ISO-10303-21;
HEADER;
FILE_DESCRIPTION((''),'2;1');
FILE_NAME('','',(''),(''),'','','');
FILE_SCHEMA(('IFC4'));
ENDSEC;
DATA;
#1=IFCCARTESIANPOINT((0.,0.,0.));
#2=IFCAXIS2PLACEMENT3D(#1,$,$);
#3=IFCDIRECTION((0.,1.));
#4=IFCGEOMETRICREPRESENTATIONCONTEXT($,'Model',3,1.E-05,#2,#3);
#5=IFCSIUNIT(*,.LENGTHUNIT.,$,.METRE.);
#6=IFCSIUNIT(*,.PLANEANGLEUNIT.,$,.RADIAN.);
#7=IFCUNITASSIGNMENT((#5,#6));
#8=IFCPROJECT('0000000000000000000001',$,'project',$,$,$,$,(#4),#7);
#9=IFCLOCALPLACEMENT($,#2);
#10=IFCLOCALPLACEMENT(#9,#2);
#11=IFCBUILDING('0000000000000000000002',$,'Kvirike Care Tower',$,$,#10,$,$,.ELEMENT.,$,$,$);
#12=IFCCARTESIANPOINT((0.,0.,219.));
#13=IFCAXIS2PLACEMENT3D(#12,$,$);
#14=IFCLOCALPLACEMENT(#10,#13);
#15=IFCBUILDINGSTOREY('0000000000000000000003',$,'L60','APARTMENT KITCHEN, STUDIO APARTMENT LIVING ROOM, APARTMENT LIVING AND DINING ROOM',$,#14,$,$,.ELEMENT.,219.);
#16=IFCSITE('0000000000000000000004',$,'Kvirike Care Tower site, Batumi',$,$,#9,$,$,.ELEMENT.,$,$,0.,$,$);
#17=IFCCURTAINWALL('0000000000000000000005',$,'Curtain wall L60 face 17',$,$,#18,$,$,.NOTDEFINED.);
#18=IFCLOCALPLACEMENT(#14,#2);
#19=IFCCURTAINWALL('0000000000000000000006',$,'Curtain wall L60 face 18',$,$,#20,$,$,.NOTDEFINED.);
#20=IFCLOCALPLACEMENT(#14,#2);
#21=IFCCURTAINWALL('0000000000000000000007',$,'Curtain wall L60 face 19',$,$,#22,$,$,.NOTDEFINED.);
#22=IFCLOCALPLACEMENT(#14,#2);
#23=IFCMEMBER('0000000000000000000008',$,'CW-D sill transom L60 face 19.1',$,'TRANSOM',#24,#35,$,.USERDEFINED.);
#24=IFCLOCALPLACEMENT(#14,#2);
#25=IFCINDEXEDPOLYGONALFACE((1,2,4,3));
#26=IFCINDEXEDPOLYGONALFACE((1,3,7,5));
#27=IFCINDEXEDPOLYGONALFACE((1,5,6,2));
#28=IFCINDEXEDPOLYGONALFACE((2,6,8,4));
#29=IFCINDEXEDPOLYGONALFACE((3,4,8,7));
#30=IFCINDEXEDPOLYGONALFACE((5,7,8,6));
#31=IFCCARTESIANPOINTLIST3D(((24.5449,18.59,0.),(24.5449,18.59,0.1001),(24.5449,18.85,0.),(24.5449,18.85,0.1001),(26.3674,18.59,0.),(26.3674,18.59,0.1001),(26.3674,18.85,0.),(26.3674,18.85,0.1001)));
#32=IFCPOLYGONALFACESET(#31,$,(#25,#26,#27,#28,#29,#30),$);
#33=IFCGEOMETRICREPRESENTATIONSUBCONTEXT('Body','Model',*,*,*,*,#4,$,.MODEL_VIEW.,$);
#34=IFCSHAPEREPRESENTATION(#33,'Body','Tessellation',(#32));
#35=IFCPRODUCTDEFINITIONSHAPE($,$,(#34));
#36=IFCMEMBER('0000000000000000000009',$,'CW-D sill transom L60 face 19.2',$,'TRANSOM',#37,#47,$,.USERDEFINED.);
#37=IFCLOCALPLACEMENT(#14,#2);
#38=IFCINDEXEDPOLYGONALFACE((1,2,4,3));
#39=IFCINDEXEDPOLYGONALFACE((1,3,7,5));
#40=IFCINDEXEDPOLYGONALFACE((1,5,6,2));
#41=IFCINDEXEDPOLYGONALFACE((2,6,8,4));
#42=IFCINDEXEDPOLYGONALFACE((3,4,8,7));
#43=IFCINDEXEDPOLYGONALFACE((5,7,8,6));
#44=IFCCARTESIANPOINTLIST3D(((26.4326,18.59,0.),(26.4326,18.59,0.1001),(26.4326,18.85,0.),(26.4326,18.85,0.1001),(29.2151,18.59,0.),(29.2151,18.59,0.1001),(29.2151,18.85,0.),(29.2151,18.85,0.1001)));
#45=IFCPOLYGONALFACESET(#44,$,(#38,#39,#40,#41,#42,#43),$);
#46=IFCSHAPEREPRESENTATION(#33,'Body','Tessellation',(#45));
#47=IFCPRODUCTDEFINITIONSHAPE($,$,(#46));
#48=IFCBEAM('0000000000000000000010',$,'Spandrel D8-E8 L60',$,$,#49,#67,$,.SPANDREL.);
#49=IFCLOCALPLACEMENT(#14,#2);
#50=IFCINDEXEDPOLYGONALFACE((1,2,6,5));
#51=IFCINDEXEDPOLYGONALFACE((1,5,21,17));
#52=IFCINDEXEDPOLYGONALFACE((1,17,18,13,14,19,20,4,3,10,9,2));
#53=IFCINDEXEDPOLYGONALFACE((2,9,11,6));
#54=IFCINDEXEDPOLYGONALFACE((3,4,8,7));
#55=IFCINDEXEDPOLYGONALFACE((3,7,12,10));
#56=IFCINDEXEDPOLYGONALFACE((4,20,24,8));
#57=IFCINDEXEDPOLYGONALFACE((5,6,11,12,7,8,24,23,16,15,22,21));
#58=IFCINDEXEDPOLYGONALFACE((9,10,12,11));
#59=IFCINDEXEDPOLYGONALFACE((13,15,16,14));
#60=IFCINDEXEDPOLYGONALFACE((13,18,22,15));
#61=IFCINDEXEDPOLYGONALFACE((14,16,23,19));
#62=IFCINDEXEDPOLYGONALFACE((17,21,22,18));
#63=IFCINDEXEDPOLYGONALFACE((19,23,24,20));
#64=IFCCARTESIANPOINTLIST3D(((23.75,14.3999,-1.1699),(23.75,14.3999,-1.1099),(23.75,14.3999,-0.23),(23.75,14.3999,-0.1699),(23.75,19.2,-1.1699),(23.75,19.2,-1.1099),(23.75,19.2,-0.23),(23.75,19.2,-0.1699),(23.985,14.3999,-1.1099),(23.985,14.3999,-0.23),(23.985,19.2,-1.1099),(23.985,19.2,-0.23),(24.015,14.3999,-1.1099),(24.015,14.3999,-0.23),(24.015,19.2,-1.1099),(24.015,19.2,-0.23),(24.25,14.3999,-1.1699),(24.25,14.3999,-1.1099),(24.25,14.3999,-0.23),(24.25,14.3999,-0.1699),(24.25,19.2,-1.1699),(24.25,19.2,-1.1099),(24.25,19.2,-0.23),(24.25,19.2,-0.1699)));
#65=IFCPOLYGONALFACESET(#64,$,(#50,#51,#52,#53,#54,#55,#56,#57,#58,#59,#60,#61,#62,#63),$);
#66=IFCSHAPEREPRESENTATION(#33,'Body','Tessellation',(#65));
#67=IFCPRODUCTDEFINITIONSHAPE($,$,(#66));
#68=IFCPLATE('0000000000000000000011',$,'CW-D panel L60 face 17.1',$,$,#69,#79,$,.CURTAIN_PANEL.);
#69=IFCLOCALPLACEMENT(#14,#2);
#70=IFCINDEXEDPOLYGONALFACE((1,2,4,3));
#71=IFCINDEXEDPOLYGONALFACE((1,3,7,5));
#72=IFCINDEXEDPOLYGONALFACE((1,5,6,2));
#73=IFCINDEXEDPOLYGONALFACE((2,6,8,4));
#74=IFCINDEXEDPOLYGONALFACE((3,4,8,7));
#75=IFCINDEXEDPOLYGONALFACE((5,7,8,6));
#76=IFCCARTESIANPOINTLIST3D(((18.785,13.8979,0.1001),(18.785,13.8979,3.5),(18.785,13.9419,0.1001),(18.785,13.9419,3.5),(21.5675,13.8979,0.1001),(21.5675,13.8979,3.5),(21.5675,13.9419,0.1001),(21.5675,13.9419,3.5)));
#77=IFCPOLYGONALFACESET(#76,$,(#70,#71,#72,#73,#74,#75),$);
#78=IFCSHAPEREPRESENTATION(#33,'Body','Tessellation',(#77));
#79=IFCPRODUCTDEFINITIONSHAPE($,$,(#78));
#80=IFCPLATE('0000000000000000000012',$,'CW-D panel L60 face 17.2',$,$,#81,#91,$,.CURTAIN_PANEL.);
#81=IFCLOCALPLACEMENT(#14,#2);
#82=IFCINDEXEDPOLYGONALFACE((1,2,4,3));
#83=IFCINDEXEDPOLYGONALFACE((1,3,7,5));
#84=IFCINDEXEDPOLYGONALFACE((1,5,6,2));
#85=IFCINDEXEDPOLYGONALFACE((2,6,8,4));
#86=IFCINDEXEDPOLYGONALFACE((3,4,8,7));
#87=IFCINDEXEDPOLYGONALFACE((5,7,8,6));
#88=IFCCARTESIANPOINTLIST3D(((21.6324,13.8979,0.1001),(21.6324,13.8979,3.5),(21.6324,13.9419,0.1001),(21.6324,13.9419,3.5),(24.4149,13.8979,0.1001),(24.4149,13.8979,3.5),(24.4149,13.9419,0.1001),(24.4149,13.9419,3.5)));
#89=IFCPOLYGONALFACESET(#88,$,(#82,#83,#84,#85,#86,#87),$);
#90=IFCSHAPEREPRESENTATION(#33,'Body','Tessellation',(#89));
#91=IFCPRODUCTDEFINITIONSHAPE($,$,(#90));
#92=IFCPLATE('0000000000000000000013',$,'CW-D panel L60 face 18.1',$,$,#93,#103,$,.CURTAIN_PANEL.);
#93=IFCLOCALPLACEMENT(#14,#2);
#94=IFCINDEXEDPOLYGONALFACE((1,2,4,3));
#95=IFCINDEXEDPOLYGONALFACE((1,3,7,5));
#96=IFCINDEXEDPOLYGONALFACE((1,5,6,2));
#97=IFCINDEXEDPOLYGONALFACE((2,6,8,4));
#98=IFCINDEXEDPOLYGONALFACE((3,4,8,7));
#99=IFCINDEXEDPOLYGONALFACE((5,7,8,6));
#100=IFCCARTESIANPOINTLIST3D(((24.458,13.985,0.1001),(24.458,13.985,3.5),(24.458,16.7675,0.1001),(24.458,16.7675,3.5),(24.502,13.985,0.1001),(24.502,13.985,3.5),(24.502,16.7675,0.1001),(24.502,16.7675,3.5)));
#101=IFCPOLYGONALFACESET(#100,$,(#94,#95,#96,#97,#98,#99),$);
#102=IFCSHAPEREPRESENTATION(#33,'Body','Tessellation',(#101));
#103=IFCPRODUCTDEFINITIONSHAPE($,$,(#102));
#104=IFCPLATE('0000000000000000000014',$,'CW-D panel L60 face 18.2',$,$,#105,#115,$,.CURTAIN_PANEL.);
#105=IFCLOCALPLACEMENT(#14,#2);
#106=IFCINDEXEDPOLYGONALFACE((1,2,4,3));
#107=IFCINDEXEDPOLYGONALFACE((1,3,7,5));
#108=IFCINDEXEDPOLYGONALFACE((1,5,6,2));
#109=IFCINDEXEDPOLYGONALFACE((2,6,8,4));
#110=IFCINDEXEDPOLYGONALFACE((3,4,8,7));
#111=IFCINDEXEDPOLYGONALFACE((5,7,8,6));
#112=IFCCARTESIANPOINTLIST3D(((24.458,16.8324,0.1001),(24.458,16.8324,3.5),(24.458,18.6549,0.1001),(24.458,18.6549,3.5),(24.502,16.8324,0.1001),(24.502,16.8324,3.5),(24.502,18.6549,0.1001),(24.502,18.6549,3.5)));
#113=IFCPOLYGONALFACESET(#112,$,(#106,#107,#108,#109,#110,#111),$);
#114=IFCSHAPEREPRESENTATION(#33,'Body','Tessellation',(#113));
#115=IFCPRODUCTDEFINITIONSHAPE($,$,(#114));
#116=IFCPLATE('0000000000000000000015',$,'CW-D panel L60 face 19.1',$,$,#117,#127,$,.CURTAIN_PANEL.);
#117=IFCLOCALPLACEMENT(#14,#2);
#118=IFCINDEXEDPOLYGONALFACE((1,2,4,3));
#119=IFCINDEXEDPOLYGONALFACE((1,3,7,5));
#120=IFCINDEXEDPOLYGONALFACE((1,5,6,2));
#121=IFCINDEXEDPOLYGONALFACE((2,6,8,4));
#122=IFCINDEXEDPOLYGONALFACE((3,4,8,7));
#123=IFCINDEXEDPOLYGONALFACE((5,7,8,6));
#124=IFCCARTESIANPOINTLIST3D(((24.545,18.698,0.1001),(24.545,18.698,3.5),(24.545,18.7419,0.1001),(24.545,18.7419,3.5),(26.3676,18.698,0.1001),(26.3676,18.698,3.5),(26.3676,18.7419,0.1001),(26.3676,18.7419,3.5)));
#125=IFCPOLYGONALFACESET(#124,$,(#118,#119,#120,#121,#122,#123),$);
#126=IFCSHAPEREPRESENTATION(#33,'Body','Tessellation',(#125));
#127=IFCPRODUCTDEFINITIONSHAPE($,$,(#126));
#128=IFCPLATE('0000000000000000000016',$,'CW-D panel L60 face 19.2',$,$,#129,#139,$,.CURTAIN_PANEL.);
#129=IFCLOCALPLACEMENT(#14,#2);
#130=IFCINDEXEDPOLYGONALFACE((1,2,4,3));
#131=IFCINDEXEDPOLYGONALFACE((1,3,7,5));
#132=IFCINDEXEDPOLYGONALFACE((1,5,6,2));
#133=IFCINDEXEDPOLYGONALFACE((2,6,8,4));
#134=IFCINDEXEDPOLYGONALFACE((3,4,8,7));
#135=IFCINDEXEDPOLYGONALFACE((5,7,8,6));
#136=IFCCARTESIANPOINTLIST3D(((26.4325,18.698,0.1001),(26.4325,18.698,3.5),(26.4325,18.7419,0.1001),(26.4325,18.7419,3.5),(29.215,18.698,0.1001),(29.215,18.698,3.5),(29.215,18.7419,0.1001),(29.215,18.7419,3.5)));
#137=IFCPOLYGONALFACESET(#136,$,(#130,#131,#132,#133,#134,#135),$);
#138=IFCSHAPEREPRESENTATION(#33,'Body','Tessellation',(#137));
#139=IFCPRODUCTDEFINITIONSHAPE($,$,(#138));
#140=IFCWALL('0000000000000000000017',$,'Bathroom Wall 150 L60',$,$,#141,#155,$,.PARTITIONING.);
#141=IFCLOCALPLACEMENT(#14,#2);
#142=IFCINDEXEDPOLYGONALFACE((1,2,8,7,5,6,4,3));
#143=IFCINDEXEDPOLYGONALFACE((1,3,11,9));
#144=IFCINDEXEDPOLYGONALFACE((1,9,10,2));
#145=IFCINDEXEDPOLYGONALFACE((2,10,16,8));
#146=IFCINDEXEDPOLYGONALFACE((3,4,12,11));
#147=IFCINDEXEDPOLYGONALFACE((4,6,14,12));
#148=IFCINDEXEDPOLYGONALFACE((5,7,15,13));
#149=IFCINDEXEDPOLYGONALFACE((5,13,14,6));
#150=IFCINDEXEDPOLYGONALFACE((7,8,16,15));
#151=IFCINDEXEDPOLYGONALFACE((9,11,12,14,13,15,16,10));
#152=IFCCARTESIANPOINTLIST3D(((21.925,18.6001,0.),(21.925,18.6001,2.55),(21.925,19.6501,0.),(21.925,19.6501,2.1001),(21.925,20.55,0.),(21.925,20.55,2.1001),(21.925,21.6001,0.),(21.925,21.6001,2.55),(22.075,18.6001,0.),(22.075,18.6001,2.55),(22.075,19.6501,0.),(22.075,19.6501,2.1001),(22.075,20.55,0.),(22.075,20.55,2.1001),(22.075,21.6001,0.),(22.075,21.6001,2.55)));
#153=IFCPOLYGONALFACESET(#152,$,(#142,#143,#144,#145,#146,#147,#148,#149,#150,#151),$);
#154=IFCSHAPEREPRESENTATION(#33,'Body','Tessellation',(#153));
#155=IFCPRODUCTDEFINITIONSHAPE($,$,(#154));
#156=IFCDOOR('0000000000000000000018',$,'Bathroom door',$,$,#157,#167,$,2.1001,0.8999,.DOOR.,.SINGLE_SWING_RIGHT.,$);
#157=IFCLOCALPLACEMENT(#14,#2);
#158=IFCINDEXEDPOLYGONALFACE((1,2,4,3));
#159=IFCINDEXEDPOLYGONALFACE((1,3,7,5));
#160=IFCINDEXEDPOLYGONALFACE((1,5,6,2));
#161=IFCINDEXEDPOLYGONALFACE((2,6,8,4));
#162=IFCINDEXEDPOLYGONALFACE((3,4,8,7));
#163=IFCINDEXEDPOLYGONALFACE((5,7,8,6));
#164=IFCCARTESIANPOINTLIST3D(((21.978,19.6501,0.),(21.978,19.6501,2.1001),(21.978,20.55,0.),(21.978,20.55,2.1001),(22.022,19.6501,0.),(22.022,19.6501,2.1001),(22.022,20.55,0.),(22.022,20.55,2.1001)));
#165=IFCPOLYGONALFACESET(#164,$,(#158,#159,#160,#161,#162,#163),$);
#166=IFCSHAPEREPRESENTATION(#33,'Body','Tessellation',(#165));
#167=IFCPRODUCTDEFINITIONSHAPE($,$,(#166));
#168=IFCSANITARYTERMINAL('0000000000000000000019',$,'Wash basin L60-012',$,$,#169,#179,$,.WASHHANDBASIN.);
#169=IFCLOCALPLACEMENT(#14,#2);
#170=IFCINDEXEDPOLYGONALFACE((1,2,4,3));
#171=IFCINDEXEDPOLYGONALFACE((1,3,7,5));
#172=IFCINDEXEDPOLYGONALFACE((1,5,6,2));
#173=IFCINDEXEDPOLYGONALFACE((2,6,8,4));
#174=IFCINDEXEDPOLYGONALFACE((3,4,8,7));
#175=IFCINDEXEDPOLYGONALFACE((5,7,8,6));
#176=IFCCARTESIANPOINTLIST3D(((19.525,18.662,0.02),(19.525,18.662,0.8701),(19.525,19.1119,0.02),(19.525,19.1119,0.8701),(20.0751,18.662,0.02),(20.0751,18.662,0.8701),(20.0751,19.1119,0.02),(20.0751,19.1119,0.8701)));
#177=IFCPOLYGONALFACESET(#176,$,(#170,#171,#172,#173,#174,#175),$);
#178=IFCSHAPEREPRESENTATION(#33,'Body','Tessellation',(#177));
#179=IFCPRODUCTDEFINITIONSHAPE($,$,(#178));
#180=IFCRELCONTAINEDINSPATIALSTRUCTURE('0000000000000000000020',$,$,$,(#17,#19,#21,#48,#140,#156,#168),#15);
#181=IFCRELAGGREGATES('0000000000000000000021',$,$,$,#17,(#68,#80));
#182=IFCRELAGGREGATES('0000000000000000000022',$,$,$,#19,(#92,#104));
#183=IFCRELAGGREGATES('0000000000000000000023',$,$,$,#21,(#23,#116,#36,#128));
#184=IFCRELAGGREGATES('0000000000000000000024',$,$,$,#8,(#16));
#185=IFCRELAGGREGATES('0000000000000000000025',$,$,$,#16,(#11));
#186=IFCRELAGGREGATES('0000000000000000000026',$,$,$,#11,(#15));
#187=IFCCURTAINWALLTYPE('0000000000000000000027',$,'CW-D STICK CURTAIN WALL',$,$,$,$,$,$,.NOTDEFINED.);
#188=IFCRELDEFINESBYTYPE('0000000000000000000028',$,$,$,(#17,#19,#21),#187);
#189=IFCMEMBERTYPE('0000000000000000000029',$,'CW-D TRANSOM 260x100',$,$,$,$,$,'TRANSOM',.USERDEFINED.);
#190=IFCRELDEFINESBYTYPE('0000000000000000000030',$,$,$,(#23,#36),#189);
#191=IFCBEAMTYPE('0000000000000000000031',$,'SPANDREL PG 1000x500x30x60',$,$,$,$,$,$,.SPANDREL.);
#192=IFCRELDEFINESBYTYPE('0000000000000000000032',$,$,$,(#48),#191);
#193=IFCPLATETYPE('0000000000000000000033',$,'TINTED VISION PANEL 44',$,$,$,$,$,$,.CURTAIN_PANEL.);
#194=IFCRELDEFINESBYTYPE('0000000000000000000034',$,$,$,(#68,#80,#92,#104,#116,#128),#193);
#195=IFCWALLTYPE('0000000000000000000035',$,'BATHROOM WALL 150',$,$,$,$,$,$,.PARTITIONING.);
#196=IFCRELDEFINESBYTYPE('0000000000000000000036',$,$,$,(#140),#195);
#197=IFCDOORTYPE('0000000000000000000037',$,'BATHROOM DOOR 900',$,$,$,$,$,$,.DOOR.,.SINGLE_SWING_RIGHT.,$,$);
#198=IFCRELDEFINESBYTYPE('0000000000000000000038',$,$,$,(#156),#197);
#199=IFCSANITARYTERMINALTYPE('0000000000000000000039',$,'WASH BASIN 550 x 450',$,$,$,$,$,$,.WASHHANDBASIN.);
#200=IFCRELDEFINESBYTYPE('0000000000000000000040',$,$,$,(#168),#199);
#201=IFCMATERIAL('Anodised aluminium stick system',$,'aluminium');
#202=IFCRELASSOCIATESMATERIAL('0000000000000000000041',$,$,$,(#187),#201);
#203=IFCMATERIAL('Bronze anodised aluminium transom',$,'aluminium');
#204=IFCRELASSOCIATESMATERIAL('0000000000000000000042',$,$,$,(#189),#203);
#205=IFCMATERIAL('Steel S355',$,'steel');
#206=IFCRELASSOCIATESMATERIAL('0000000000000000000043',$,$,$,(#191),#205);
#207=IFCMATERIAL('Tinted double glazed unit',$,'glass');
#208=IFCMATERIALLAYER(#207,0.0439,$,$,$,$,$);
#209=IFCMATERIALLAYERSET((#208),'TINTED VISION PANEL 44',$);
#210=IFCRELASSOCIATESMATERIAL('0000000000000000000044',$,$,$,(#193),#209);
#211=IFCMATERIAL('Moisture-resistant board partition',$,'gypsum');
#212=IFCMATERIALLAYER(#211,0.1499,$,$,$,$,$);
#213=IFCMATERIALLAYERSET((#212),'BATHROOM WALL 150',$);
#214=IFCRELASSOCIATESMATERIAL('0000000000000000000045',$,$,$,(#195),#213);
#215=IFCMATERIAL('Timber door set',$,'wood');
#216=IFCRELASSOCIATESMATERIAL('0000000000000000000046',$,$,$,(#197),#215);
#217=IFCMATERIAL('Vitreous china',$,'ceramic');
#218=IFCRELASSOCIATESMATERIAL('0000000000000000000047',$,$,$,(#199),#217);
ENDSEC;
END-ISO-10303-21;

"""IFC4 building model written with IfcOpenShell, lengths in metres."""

from ifc_helpers import new_model, si_unit, direction, frame, frame_2d, origin, origin_2d, place, context, subcontext, project, spatial, rectangle, i_section, extrude, material, layer, layer_set, material_profile, profile_set, type_object, element, fill, aggregate, save


model = new_model("IFC4")

# Units and contexts
model_context = context("Model", 3, precision=1e-05, world=origin(), true_north=direction((0.0, 1.0)))
body_context = subcontext(model_context, "Body", "Model", "MODEL_VIEW")
ifc_project = project(units=[si_unit("LENGTHUNIT", "METRE"), si_unit("PLANEANGLEUNIT", "RADIAN")], contexts=[model_context])

# Site, building, storey
site_placement = place(None, origin())
site = spatial("IfcSite", under=ifc_project, at=site_placement, Name="Kvirike Care Tower site, Batumi", CompositionType="ELEMENT", RefElevation=0.0)
building_placement = place(site_placement, origin())
building = spatial("IfcBuilding", under=site, at=building_placement, Name="Kvirike Care Tower", CompositionType="ELEMENT")
storey_placement = place(building_placement, frame((0.0, 0.0, 219.0)))
storey = spatial("IfcBuildingStorey", under=building, at=storey_placement, Name="L60", Description="APARTMENT KITCHEN, STUDIO APARTMENT LIVING ROOM, APARTMENT LIVING AND DINING ROOM", CompositionType="ELEMENT", Elevation=219.0)

# Curtain walls
ifc_material_1 = material(Name="Anodised aluminium stick system", Category="aluminium")
curtain_wall_type = type_object("IfcCurtainWallType", Name="CW-D STICK CURTAIN WALL", PredefinedType="NOTDEFINED", material=ifc_material_1)
curtain_wall_1_placement = place(storey_placement, origin())
curtain_wall_1 = element("IfcCurtainWall", 1, at=curtain_wall_1_placement, inside=storey, type_object=curtain_wall_type, Name="Curtain wall L60 face 17", PredefinedType="NOTDEFINED")
curtain_wall_2_placement = place(storey_placement, origin())
curtain_wall_2 = element("IfcCurtainWall", 2, at=curtain_wall_2_placement, inside=storey, type_object=curtain_wall_type, Name="Curtain wall L60 face 18", PredefinedType="NOTDEFINED")
curtain_wall_3_placement = place(storey_placement, origin())
curtain_wall_3 = element("IfcCurtainWall", 3, at=curtain_wall_3_placement, inside=storey, type_object=curtain_wall_type, Name="Curtain wall L60 face 19", PredefinedType="NOTDEFINED")

# Members
ifc_material_2 = material(Name="Bronze anodised aluminium transom", Category="aluminium")
ifc_material_profile_1 = material_profile(ifc_material_2, rectangle(XDim=0.26, YDim=0.1001, at=origin_2d()), Name="CW-D TRANSOM 260x100")
ifc_profile_set_1 = profile_set([ifc_material_profile_1], Name="Bronze anodised aluminium transom")
member_type_1 = type_object("IfcMemberType", Name="CW-D TRANSOM 260x100", ElementType="TRANSOM", PredefinedType="USERDEFINED", material=ifc_profile_set_1)
member_1_placement = place(storey_placement, frame((24.5449, 18.72, 0.05), z_axis=(1.0, 0.0, 0.0), x_axis=(0.0, 1.0, 0.0)))
member_1 = element("IfcMember", 4, at=member_1_placement, type_object=member_type_1, Name="CW-D sill transom L60 face 19.1", ObjectType="TRANSOM", PredefinedType="USERDEFINED", context=body_context, shape_type="SweptSolid", body=[
    extrude(rectangle(XDim=0.26, YDim=0.1001, at=origin_2d()), origin(), (0.0, 0.0, 1.0), 1.8225),
])
member_2_placement = place(storey_placement, frame((26.4326, 18.72, 0.05), z_axis=(1.0, 0.0, 0.0), x_axis=(0.0, 1.0, 0.0)))
member_2 = element("IfcMember", 5, at=member_2_placement, type_object=member_type_1, Name="CW-D sill transom L60 face 19.2", ObjectType="TRANSOM", PredefinedType="USERDEFINED", context=body_context, shape_type="SweptSolid", body=[
    extrude(rectangle(XDim=0.26, YDim=0.1001, at=origin_2d()), origin(), (0.0, 0.0, 1.0), 2.7825),
])

# Beam
ifc_material_3 = material(Name="Steel S355", Category="steel")
ifc_material_profile_2 = material_profile(ifc_material_3, i_section(OverallWidth=0.5, OverallDepth=1.0, WebThickness=0.03, FlangeThickness=0.0601, at=origin_2d()), Name="PG 1000x500x30x60")
ifc_profile_set_2 = profile_set([ifc_material_profile_2], Name="Steel S355")
beam_type = type_object("IfcBeamType", Name="SPANDREL PG 1000x500x30x60", PredefinedType="SPANDREL", material=ifc_profile_set_2)
beam_placement = place(storey_placement, frame((24.0, 14.3999, -0.6699), z_axis=(0.0, 1.0, 0.0), x_axis=(-1.0, 0.0, 0.0)))
element("IfcBeam", 6, at=beam_placement, inside=storey, type_object=beam_type, Name="Spandrel D8-E8 L60", PredefinedType="SPANDREL", context=body_context, shape_type="SweptSolid", body=[
    extrude(i_section(OverallWidth=0.5, OverallDepth=1.0, WebThickness=0.03, FlangeThickness=0.0601, at=origin_2d()), origin(), (0.0, 0.0, 1.0), 4.8),
])

# Plates
ifc_material_4 = material(Name="Tinted double glazed unit", Category="glass")
ifc_layer_1 = layer(ifc_material_4, 0.0439)
ifc_layer_set_1 = layer_set([ifc_layer_1], Name="TINTED VISION PANEL 44")
plate_type = type_object("IfcPlateType", Name="TINTED VISION PANEL 44", PredefinedType="CURTAIN_PANEL", material=ifc_layer_set_1)
plate_1_placement = place(storey_placement, frame((20.1763, 13.9199, 0.1001), z_axis=(0.0, 0.0, 1.0), x_axis=(1.0, 0.0, 0.0)))
plate_1 = element("IfcPlate", 7, at=plate_1_placement, type_object=plate_type, Name="CW-D panel L60 face 17.1", PredefinedType="CURTAIN_PANEL", context=body_context, shape_type="SweptSolid", body=[
    extrude(rectangle(XDim=2.7825, YDim=0.0439, at=origin_2d()), origin(), (0.0, 0.0, 1.0), 3.3999),
])
plate_2_placement = place(storey_placement, frame((23.0237, 13.9199, 0.1001), z_axis=(0.0, 0.0, 1.0), x_axis=(1.0, 0.0, 0.0)))
plate_2 = element("IfcPlate", 8, at=plate_2_placement, type_object=plate_type, Name="CW-D panel L60 face 17.2", PredefinedType="CURTAIN_PANEL", context=body_context, shape_type="SweptSolid", body=[
    extrude(rectangle(XDim=2.7825, YDim=0.0439, at=origin_2d()), origin(), (0.0, 0.0, 1.0), 3.3999),
])
aggregate(curtain_wall_1, [plate_1, plate_2])
plate_3_placement = place(storey_placement, frame((24.48, 15.3762, 0.1001), z_axis=(0.0, 0.0, 1.0), x_axis=(0.0, 1.0, 0.0)))
plate_3 = element("IfcPlate", 9, at=plate_3_placement, type_object=plate_type, Name="CW-D panel L60 face 18.1", PredefinedType="CURTAIN_PANEL", context=body_context, shape_type="SweptSolid", body=[
    extrude(rectangle(XDim=2.7825, YDim=0.0439, at=origin_2d()), origin(), (0.0, 0.0, 1.0), 3.3999),
])
plate_4_placement = place(storey_placement, frame((24.48, 17.7437, 0.1001), z_axis=(0.0, 0.0, 1.0), x_axis=(0.0, 1.0, 0.0)))
plate_4 = element("IfcPlate", 10, at=plate_4_placement, type_object=plate_type, Name="CW-D panel L60 face 18.2", PredefinedType="CURTAIN_PANEL", context=body_context, shape_type="SweptSolid", body=[
    extrude(rectangle(XDim=1.8225, YDim=0.0439, at=origin_2d()), origin(), (0.0, 0.0, 1.0), 3.3999),
])
aggregate(curtain_wall_2, [plate_3, plate_4])
plate_5_placement = place(storey_placement, frame((25.4563, 18.72, 0.1001), z_axis=(0.0, 0.0, 1.0), x_axis=(1.0, 0.0, 0.0)))
plate_5 = element("IfcPlate", 11, at=plate_5_placement, type_object=plate_type, Name="CW-D panel L60 face 19.1", PredefinedType="CURTAIN_PANEL", context=body_context, shape_type="SweptSolid", body=[
    extrude(rectangle(XDim=1.8225, YDim=0.0439, at=origin_2d()), origin(), (0.0, 0.0, 1.0), 3.3999),
])
plate_6_placement = place(storey_placement, frame((27.8237, 18.72, 0.1001), z_axis=(0.0, 0.0, 1.0), x_axis=(1.0, 0.0, 0.0)))
plate_6 = element("IfcPlate", 12, at=plate_6_placement, type_object=plate_type, Name="CW-D panel L60 face 19.2", PredefinedType="CURTAIN_PANEL", context=body_context, shape_type="SweptSolid", body=[
    extrude(rectangle(XDim=2.7825, YDim=0.0439, at=origin_2d()), origin(), (0.0, 0.0, 1.0), 3.3999),
])
aggregate(curtain_wall_3, [member_1, plate_5, member_2, plate_6])

# Wall, opening, door
ifc_material_5 = material(Name="Moisture-resistant board partition", Category="gypsum")
ifc_layer_2 = layer(ifc_material_5, 0.1499)
ifc_layer_set_2 = layer_set([ifc_layer_2], Name="BATHROOM WALL 150")
wall_type = type_object("IfcWallType", Name="BATHROOM WALL 150", PredefinedType="PARTITIONING", material=ifc_layer_set_2)
wall_placement = place(storey_placement, frame((22.0, 18.6001, 0.0), z_axis=(0.0, 0.0, 1.0), x_axis=(0.0, 1.0, 0.0)))
wall = element("IfcWall", 13, at=wall_placement, inside=storey, type_object=wall_type, Name="Bathroom Wall 150 L60", PredefinedType="PARTITIONING", context=body_context, shape_type="SweptSolid", body=[
    extrude(rectangle(XDim=3.0, YDim=0.1499, at=frame_2d((1.5, 0.0))), origin(), (0.0, 0.0, 1.0), 2.55),
])
opening_placement = place(wall_placement, frame((1.05, 0.0, 0.0)))
opening = element("IfcOpeningElement", 14, at=opening_placement, cuts=wall, PredefinedType="OPENING", context=body_context, shape_type="SweptSolid", body=[
    extrude(rectangle(XDim=0.8999, YDim=2.1001, at=frame_2d((0.45, 1.05))), frame((0.0, 0.0854, 0.0), z_axis=(0.0, -1.0, 0.0), x_axis=(1.0, 0.0, 0.0)), (0.0, 0.0, 1.0), 0.1709),
])
ifc_material_6 = material(Name="Timber door set", Category="wood")
door_type = type_object("IfcDoorType", Name="BATHROOM DOOR 900", OperationType="SINGLE_SWING_RIGHT", PredefinedType="DOOR", material=ifc_material_6)
door_placement = place(opening_placement, origin())
door = element("IfcDoor", 15, at=door_placement, inside=storey, type_object=door_type, Name="Bathroom door", OperationType="SINGLE_SWING_RIGHT", OverallHeight=2.1001, OverallWidth=0.8999, PredefinedType="DOOR", context=body_context, shape_type="SweptSolid", body=[
    extrude(rectangle(XDim=0.8999, YDim=2.1001, at=frame_2d((0.45, 1.05))), frame((0.0, 0.022, 0.0), z_axis=(0.0, -1.0, 0.0), x_axis=(1.0, 0.0, 0.0)), (0.0, 0.0, 1.0), 0.0439),
])
fill(opening, door)

# Sanitary terminal
ifc_material_7 = material(Name="Vitreous china", Category="ceramic")
sanitary_terminal_type = type_object("IfcSanitaryTerminalType", Name="WASH BASIN 550 x 450", PredefinedType="WASHHANDBASIN", material=ifc_material_7)
sanitary_terminal_placement = place(storey_placement, frame((19.8, 18.887, 0.02), z_axis=(0.0, 0.0, 1.0), x_axis=(-1.0, 0.0, 0.0)))
element("IfcSanitaryTerminal", 16, at=sanitary_terminal_placement, inside=storey, type_object=sanitary_terminal_type, Name="Wash basin L60-012", PredefinedType="WASHHANDBASIN", context=body_context, shape_type="SweptSolid", body=[
    extrude(rectangle(XDim=0.55, YDim=0.45, at=origin_2d()), origin(), (0.0, 0.0, 1.0), 0.8501),
])

save(model, "model.ifc")
